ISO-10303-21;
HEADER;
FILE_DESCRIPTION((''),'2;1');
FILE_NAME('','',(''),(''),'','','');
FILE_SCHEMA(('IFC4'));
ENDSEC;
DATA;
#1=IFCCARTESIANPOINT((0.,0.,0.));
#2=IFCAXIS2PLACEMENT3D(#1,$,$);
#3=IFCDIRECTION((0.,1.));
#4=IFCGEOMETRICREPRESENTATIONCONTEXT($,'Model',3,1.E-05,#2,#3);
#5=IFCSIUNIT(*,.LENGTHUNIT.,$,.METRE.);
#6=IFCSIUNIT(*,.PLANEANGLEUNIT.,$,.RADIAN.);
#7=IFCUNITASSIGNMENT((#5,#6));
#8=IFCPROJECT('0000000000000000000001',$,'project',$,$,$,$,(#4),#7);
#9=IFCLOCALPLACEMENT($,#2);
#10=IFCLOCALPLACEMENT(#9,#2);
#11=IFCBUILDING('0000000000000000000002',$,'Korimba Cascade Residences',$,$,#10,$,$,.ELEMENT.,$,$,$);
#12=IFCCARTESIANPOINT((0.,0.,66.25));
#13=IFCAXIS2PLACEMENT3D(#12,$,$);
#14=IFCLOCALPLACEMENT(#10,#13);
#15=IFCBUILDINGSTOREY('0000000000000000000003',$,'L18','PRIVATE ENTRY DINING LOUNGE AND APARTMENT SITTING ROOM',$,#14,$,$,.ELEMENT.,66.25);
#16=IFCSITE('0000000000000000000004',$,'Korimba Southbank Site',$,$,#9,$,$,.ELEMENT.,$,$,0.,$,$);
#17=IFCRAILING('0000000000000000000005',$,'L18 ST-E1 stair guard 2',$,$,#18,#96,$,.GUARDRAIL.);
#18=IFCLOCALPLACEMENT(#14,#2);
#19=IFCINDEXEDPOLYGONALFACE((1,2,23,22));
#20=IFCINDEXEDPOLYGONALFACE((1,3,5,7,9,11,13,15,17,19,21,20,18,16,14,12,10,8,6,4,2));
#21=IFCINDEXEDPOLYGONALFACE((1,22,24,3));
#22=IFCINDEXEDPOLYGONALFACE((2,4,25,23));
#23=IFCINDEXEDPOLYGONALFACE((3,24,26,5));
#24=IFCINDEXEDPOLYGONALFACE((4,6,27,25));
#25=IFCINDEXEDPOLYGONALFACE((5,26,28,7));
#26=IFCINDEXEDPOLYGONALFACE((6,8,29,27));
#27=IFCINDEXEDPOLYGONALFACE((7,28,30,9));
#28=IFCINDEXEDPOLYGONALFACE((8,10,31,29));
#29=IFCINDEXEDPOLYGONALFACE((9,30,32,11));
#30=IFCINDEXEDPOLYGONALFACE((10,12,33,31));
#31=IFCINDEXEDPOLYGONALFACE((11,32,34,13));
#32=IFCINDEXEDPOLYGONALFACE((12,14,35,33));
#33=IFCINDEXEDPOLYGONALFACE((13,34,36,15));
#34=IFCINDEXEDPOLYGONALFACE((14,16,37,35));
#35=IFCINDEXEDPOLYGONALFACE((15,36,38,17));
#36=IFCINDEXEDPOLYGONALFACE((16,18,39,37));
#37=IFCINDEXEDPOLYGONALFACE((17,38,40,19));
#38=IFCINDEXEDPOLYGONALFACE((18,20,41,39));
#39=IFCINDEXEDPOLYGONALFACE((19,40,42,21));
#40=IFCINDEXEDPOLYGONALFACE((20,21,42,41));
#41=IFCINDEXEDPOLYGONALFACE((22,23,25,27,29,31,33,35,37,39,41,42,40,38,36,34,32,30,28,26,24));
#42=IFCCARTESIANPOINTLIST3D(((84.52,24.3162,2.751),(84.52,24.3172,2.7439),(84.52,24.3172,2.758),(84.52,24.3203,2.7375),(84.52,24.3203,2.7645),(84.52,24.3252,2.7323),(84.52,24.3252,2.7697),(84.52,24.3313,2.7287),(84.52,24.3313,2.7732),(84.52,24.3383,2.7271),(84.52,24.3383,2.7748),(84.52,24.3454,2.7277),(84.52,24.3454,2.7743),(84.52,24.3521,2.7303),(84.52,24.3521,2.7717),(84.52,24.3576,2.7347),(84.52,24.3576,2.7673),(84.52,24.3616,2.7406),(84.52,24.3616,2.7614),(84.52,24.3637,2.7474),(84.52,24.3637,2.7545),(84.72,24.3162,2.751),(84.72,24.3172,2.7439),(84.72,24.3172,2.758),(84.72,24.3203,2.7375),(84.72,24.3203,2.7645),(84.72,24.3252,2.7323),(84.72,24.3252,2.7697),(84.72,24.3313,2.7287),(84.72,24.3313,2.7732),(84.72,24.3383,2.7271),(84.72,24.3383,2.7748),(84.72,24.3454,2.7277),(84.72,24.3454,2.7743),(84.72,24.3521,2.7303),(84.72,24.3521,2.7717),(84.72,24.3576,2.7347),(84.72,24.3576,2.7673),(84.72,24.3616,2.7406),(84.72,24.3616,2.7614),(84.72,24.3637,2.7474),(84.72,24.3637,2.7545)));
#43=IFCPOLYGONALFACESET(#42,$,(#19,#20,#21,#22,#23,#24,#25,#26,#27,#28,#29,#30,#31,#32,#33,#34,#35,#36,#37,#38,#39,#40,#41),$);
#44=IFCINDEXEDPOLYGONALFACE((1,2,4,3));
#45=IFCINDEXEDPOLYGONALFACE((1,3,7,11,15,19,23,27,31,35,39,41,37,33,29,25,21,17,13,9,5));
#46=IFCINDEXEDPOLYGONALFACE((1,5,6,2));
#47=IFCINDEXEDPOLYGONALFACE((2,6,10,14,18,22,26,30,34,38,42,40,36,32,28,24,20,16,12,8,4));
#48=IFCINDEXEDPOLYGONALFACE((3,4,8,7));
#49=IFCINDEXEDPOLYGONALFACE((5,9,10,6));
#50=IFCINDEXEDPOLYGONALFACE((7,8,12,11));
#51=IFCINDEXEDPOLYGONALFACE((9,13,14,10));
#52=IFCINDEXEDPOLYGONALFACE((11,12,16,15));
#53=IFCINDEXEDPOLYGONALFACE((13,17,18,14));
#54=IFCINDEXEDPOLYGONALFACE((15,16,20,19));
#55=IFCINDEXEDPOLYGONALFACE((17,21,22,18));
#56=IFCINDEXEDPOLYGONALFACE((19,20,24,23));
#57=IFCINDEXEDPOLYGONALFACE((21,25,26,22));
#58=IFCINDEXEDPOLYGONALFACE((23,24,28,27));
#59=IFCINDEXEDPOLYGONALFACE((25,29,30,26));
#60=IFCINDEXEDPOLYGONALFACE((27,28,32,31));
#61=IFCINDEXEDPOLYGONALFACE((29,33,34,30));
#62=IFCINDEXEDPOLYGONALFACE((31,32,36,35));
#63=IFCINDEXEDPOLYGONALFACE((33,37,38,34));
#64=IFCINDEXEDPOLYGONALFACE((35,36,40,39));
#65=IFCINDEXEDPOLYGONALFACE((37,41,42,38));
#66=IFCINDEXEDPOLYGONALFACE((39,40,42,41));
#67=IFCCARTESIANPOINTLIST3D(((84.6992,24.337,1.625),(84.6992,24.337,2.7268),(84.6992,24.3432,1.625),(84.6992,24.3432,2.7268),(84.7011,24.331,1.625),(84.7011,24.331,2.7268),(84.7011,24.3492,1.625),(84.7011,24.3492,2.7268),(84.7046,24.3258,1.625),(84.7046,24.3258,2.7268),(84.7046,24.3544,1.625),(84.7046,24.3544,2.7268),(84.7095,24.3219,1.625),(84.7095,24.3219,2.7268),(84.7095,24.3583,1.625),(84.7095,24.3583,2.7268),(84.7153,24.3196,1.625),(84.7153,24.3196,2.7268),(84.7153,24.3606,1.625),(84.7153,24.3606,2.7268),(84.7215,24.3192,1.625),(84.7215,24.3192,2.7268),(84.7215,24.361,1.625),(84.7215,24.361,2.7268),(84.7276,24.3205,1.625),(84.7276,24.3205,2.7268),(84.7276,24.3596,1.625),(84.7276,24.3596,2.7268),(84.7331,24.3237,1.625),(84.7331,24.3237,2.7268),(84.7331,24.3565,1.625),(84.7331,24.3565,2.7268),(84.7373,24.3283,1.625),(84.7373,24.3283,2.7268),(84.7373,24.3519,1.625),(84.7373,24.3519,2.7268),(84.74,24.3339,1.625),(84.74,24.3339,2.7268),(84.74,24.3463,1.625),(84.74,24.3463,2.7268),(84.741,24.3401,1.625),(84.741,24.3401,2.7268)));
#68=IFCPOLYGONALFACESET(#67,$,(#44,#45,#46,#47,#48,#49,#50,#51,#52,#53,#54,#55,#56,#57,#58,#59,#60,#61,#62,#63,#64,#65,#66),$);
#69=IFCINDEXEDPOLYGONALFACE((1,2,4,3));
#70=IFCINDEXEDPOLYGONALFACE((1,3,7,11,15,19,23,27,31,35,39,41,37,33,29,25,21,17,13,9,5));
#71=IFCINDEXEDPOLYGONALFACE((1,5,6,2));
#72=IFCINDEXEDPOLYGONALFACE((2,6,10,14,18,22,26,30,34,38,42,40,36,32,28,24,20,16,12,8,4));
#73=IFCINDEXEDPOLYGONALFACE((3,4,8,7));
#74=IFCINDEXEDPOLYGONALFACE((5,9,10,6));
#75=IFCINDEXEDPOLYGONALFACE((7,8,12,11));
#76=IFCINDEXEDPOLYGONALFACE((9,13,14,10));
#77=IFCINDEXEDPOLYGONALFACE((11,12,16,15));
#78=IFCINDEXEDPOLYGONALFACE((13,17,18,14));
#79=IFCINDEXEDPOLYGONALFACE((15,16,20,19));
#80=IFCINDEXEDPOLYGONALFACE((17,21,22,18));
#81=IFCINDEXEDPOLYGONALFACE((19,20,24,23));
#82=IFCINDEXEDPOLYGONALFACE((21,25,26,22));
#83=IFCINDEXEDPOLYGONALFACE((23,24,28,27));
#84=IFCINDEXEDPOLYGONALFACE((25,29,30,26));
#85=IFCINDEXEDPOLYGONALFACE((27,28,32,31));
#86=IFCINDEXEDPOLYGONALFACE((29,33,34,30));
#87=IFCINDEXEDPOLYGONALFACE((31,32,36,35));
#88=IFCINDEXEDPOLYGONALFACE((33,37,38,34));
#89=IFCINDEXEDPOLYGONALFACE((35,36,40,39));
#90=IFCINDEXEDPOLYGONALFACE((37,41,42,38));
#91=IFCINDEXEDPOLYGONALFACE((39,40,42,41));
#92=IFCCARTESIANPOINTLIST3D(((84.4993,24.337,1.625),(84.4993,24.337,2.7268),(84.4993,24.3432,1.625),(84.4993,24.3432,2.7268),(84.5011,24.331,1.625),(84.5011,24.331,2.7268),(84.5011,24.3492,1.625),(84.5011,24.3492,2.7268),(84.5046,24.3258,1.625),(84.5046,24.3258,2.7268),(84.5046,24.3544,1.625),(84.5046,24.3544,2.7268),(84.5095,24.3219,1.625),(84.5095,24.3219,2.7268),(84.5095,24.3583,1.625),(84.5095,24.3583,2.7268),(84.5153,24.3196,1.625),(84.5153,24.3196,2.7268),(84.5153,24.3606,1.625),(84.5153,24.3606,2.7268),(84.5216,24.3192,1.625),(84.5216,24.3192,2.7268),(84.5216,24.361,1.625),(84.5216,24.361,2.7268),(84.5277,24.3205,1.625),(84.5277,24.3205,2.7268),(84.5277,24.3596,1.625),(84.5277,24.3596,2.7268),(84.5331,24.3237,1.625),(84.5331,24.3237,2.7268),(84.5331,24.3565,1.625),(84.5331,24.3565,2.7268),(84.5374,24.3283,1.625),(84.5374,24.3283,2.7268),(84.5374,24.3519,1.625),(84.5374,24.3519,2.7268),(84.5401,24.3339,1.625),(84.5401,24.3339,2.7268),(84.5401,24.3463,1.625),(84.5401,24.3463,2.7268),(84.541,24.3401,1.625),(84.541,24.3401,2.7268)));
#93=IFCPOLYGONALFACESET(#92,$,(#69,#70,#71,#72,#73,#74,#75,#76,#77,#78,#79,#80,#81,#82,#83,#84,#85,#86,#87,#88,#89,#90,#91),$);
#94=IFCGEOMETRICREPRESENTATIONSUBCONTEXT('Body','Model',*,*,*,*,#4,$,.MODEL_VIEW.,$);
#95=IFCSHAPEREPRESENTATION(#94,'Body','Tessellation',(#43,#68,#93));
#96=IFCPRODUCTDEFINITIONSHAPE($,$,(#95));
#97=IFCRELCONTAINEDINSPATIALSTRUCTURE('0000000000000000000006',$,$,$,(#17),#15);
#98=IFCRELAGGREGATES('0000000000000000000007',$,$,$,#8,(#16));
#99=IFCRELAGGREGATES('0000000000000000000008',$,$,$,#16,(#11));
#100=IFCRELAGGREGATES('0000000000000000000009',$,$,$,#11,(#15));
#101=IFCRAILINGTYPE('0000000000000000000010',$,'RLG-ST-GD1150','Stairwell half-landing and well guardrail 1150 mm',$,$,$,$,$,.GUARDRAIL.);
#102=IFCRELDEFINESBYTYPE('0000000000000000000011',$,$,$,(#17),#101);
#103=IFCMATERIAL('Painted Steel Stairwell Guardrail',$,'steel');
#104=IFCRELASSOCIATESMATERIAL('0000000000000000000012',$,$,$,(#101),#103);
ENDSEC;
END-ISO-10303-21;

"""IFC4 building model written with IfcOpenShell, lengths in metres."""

from ifc_helpers import new_model, si_unit, direction, frame, origin, origin_2d, place, context, subcontext, project, spatial, circle, extrude, material, type_object, element, save


model = new_model("IFC4")

# Units and contexts
model_context = context("Model", 3, precision=1e-05, world=origin(), true_north=direction((0.0, 1.0)))
body_context = subcontext(model_context, "Body", "Model", "MODEL_VIEW")
ifc_project = project(units=[si_unit("LENGTHUNIT", "METRE"), si_unit("PLANEANGLEUNIT", "RADIAN")], contexts=[model_context])

# Site, building, storey
site_placement = place(None, origin())
site = spatial("IfcSite", under=ifc_project, at=site_placement, Name="Korimba Southbank Site", CompositionType="ELEMENT", RefElevation=0.0)
building_placement = place(site_placement, origin())
building = spatial("IfcBuilding", under=site, at=building_placement, Name="Korimba Cascade Residences", CompositionType="ELEMENT")
storey_placement = place(building_placement, frame((0.0, 0.0, 66.25)))
storey = spatial("IfcBuildingStorey", under=building, at=storey_placement, Name="L18", Description="PRIVATE ENTRY DINING LOUNGE AND APARTMENT SITTING ROOM", CompositionType="ELEMENT", Elevation=66.25)

# Railing
ifc_material_1 = material(Name="Painted Steel Stairwell Guardrail", Category="steel")
railing_type_1 = type_object("IfcRailingType", Name="RLG-ST-GD1150", Description="Stairwell half-landing and well guardrail 1150 mm", PredefinedType="GUARDRAIL", material=ifc_material_1)
railing_1_placement = place(storey_placement, frame((84.72, 24.3401, 1.625)))
element("IfcRailing", 1, at=railing_1_placement, inside=storey, type_object=railing_type_1, Name="L18 ST-E1 stair guard 2", PredefinedType="GUARDRAIL", context=body_context, shape_type="SweptSolid", body=[
    extrude(circle(Radius=0.0239, at=origin_2d()), frame((0.0, 0.0, 1.126), z_axis=(-1.0, 0.0, 0.0), x_axis=(0.0, -1.0, 0.0)), (0.0, 0.0, 1.0), 0.2),
    extrude(circle(Radius=0.021, at=origin_2d()), origin(), (0.0, 0.0, 1.0), 1.1018),
    extrude(circle(Radius=0.021, at=origin_2d()), frame((-0.2, 0.0, 0.0)), (0.0, 0.0, 1.0), 1.1018),
])

save(model, "model.ifc")
